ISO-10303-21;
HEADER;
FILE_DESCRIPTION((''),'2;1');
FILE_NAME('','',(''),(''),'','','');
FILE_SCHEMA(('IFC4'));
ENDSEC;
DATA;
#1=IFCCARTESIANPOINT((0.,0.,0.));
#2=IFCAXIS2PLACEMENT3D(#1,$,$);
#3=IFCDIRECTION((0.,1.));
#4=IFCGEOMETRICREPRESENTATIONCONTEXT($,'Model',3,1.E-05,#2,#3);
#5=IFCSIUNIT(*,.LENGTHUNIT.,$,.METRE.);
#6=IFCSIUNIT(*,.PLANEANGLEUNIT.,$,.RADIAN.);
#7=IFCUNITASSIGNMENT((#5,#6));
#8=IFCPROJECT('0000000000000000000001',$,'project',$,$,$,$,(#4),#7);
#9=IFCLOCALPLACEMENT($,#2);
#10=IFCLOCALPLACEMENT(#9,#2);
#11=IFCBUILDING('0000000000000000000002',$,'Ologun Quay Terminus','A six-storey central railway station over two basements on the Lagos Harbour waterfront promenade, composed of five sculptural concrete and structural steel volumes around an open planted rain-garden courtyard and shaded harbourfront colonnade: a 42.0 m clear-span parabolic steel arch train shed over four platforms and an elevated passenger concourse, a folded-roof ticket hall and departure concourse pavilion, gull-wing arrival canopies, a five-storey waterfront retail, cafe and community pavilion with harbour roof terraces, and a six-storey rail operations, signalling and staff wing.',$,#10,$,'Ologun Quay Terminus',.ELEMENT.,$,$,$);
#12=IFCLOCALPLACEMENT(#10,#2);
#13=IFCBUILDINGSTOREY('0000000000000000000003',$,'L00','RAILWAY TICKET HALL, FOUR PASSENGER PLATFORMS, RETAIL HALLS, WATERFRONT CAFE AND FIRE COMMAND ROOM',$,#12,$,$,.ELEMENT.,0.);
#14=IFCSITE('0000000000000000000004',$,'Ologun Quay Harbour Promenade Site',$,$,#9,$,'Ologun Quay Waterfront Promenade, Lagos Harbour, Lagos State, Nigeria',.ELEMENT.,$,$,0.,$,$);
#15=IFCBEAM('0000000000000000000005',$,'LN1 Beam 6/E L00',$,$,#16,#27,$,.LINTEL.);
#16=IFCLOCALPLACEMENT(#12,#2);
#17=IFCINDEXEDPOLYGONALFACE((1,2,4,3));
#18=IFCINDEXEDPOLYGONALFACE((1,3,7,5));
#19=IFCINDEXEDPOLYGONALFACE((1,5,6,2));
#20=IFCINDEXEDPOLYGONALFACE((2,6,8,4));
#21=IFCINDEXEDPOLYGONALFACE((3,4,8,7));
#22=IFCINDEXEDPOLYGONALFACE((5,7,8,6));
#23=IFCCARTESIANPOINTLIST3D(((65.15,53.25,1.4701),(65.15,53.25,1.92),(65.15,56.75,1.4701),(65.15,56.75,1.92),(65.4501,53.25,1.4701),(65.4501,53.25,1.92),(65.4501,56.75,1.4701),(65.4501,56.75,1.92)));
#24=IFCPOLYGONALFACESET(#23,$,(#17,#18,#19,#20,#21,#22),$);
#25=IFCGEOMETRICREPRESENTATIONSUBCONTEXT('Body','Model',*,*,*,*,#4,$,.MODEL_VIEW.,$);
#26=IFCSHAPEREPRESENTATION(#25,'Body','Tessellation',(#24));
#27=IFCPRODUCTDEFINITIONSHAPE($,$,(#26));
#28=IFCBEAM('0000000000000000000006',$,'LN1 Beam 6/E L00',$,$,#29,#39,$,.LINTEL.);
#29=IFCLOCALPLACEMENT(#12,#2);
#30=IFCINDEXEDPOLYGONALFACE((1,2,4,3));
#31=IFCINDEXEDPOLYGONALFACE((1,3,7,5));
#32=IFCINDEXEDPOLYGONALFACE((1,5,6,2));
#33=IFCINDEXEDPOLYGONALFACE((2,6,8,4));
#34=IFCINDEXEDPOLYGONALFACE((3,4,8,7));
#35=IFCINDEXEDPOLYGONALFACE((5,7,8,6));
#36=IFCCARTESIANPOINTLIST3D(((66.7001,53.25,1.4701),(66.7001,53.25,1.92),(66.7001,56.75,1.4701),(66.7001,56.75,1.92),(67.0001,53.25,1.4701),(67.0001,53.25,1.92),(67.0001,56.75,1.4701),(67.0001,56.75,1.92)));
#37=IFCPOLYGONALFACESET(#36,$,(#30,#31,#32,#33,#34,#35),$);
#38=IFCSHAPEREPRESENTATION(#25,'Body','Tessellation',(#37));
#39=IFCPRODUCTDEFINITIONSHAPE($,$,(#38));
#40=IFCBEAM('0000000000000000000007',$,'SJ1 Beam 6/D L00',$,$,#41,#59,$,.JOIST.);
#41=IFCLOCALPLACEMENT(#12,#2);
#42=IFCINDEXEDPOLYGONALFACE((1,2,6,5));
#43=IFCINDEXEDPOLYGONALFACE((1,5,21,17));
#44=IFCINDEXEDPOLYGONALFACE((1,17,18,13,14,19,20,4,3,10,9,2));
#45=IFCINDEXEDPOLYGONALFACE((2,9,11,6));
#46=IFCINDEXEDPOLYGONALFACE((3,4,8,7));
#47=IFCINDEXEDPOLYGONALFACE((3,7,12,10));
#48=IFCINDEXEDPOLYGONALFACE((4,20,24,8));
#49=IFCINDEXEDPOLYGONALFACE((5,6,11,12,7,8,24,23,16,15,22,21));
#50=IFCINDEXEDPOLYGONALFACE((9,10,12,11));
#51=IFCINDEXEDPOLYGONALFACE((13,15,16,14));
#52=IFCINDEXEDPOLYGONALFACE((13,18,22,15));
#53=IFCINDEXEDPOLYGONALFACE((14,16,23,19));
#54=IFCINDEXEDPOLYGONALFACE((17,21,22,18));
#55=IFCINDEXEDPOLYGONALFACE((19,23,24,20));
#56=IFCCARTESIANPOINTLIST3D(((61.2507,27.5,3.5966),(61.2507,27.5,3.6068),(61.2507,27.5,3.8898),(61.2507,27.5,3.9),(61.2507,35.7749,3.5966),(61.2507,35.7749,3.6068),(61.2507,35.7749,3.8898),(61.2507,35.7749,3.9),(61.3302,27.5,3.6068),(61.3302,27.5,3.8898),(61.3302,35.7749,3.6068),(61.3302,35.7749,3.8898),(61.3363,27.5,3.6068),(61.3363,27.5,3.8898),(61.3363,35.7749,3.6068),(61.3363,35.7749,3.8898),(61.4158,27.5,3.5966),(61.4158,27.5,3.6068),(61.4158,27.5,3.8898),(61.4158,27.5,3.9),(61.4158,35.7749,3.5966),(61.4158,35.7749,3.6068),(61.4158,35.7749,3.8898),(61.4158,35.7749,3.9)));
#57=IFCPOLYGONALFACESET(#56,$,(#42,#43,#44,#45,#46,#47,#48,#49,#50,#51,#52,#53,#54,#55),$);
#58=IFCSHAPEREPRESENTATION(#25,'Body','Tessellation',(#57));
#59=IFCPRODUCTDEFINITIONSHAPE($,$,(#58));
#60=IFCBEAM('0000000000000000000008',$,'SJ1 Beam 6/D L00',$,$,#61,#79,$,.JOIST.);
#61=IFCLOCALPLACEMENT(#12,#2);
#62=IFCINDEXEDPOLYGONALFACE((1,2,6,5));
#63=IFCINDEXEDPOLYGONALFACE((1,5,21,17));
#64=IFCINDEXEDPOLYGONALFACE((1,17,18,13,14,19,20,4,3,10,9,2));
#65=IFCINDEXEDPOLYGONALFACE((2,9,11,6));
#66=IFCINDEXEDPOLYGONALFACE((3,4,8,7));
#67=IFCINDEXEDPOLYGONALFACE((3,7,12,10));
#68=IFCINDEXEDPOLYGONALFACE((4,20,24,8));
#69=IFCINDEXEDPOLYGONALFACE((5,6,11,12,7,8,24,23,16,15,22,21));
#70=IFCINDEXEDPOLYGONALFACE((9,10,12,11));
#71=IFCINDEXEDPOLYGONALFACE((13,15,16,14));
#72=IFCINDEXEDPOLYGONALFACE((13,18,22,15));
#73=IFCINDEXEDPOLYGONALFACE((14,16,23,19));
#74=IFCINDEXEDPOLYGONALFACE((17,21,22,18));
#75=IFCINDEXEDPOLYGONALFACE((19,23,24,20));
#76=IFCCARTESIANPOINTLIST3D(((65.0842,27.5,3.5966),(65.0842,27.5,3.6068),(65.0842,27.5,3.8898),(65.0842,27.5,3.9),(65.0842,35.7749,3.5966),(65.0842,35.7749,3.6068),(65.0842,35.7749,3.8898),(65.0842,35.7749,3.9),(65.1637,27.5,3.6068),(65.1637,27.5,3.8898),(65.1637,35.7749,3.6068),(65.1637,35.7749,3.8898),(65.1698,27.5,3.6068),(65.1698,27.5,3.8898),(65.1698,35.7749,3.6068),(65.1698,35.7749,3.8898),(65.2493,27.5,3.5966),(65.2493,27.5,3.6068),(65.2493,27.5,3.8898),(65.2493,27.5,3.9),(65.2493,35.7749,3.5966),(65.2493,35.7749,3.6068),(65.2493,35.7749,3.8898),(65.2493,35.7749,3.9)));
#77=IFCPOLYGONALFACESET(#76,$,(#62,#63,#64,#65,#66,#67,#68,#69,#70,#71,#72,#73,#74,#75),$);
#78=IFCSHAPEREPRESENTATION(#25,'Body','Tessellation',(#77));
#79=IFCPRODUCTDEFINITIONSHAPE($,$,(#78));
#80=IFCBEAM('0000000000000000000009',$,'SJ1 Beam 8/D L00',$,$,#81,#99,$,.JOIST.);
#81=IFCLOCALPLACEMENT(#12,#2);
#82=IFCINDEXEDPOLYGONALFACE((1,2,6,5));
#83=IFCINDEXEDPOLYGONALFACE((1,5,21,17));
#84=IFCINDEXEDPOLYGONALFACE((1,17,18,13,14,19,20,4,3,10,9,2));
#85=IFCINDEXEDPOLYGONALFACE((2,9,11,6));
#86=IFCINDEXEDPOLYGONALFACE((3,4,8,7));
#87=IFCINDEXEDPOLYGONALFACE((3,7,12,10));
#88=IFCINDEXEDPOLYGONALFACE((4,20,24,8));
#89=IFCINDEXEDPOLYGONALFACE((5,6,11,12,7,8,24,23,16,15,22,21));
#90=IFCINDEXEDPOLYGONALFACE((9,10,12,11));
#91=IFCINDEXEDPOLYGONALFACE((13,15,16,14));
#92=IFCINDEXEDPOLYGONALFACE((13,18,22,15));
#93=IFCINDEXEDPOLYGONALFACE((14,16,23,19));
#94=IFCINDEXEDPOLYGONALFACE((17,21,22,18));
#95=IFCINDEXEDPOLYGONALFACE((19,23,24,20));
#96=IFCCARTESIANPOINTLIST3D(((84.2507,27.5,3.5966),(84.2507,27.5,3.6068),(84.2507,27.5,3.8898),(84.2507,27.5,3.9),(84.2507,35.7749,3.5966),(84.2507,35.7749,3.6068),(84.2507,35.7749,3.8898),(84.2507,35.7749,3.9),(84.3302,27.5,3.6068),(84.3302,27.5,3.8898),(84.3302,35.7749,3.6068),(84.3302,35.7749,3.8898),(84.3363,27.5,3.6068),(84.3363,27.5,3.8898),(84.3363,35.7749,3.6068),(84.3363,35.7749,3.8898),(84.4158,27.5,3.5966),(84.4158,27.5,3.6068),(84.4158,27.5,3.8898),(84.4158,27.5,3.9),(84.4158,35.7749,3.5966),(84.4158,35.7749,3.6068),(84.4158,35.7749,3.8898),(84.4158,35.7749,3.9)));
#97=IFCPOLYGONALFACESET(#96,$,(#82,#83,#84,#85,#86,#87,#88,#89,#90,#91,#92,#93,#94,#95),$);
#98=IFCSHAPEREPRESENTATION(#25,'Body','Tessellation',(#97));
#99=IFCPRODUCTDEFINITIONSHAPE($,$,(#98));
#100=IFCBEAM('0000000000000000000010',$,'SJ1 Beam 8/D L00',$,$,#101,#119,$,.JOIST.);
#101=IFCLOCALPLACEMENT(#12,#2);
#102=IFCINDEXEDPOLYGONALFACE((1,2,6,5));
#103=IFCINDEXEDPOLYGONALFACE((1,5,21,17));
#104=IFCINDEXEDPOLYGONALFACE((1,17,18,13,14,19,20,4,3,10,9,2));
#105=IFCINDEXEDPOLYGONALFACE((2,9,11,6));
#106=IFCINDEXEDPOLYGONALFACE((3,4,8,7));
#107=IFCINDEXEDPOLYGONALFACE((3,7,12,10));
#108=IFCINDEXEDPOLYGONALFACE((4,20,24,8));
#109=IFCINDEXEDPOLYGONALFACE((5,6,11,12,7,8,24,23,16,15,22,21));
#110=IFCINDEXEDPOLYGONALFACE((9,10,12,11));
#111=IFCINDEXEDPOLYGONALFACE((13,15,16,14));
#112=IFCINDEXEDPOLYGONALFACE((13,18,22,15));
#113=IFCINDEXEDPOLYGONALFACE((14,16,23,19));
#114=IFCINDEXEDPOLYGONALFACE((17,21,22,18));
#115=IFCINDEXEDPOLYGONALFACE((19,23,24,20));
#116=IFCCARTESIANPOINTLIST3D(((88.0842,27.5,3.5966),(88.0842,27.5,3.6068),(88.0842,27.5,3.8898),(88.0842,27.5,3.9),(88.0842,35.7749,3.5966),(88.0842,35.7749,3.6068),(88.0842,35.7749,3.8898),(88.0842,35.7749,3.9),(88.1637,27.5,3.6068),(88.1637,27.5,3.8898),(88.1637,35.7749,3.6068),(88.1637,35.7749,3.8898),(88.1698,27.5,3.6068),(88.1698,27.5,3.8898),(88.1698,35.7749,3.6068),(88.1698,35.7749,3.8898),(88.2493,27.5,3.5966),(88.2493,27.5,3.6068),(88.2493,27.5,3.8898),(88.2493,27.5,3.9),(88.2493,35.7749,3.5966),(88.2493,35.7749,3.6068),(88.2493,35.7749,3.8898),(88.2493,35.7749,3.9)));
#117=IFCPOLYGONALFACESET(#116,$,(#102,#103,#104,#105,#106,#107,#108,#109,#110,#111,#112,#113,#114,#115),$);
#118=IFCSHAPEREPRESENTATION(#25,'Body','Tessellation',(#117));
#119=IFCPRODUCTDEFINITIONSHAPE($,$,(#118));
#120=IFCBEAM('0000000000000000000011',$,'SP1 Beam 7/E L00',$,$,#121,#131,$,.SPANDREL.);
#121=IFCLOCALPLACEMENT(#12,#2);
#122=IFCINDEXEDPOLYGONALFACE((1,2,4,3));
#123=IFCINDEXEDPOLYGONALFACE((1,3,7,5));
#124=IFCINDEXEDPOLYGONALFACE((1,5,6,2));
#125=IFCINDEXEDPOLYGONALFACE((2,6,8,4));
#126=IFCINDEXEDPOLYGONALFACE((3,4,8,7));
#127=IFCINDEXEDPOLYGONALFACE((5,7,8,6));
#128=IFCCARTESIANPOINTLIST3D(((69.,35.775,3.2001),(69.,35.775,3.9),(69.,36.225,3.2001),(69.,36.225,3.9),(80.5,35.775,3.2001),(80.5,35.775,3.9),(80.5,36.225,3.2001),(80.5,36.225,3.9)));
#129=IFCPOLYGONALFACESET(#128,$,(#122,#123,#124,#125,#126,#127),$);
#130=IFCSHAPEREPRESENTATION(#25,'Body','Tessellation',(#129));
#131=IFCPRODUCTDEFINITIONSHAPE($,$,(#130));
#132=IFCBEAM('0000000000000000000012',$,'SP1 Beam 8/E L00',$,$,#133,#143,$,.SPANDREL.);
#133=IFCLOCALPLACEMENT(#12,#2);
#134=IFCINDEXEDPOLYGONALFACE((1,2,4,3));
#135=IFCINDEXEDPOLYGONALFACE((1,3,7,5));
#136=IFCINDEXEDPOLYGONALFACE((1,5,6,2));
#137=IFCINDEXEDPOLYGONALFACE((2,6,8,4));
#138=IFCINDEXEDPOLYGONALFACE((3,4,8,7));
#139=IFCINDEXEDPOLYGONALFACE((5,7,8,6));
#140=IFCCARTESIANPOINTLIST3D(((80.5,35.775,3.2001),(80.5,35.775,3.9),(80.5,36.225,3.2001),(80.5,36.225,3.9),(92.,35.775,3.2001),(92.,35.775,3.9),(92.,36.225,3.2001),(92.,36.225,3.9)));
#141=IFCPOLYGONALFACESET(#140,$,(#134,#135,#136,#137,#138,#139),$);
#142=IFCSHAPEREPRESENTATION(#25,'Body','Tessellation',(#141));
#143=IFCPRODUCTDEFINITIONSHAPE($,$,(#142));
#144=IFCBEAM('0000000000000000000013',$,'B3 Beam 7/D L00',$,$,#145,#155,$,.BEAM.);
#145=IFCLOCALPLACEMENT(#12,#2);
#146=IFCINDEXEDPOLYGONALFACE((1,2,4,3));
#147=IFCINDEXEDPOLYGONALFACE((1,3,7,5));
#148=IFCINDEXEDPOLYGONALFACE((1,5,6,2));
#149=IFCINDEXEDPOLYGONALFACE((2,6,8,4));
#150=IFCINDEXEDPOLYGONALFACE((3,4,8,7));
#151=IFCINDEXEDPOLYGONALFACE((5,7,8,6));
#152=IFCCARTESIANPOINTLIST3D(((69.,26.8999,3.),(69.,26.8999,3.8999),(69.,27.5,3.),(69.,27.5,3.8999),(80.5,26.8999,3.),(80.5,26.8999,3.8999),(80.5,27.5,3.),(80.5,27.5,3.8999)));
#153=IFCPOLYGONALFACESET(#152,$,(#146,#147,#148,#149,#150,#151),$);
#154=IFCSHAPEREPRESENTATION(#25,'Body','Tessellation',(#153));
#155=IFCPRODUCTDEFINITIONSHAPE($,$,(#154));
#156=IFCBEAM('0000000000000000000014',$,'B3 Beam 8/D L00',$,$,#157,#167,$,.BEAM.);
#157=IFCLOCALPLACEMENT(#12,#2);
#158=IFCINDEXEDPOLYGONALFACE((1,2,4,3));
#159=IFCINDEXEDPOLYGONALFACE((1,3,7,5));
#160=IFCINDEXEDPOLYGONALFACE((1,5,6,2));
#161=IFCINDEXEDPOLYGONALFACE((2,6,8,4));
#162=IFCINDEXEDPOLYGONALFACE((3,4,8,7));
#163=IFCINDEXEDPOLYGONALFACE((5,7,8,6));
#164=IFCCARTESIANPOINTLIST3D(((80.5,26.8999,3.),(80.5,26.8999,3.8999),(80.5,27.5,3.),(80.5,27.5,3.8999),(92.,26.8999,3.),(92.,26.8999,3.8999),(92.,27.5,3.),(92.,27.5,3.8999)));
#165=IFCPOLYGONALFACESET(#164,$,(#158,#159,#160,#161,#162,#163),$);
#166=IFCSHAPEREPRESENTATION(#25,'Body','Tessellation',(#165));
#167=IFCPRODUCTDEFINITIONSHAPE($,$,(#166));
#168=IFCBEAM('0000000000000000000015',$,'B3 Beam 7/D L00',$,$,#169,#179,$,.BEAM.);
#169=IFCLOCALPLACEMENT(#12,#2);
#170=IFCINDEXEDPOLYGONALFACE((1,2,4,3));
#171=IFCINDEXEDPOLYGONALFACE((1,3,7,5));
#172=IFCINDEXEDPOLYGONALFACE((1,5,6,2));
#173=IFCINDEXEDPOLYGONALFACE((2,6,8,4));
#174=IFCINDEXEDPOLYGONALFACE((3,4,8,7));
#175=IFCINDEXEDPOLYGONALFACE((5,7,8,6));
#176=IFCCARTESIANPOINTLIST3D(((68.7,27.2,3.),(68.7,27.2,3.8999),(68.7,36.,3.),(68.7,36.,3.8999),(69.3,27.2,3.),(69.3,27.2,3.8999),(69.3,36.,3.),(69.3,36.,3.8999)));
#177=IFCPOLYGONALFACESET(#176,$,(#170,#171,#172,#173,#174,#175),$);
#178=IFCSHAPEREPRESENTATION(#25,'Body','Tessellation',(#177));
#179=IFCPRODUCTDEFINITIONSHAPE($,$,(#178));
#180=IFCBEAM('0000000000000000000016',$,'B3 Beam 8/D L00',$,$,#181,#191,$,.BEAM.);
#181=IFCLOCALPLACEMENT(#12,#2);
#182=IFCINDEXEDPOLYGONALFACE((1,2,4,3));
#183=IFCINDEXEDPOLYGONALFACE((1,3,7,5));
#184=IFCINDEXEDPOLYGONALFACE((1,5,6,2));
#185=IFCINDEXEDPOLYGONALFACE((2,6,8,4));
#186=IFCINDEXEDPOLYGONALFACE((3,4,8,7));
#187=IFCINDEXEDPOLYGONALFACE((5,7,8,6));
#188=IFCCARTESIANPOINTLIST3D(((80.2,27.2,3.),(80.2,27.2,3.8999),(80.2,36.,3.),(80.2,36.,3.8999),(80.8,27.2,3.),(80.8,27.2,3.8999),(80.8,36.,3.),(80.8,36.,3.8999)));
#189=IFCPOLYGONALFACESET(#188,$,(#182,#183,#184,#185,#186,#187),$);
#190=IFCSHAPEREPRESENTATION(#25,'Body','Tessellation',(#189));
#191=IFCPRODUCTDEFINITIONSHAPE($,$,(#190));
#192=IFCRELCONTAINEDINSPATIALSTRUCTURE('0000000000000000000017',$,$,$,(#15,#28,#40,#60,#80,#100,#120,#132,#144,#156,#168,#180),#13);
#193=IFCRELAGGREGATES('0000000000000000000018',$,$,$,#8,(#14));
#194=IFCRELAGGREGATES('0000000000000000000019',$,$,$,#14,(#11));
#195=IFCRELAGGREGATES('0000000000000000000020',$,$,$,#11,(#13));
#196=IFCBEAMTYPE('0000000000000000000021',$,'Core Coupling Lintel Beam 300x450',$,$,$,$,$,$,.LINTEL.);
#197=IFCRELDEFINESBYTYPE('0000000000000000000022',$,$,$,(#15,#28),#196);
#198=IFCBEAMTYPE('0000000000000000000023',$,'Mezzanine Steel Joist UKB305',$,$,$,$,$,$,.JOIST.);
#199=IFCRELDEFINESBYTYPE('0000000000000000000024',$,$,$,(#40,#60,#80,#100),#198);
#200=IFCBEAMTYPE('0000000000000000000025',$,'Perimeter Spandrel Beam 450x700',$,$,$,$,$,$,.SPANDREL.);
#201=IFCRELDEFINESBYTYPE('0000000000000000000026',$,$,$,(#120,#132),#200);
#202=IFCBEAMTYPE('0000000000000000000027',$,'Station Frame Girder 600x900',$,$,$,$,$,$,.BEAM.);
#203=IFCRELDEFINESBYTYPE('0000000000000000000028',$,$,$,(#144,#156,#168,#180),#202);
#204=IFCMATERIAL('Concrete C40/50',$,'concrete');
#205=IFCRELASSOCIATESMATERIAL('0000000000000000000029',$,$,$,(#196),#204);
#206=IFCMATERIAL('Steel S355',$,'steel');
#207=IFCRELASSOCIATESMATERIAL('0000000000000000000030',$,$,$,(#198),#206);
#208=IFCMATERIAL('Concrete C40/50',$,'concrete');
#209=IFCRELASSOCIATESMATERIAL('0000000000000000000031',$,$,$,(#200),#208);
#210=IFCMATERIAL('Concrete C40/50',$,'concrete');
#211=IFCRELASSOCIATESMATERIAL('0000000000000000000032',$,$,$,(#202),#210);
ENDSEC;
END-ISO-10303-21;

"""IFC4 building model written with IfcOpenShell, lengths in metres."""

from ifc_helpers import new_model, si_unit, direction, frame, origin, origin_2d, place, context, subcontext, project, spatial, rectangle, i_section, extrude, material, material_profile, profile_set, type_object, element, save


model = new_model("IFC4")

# Units and contexts
model_context = context("Model", 3, precision=1e-05, world=origin(), true_north=direction((0.0, 1.0)))
body_context = subcontext(model_context, "Body", "Model", "MODEL_VIEW")
ifc_project = project(units=[si_unit("LENGTHUNIT", "METRE"), si_unit("PLANEANGLEUNIT", "RADIAN")], contexts=[model_context])

# Site, building, storey
site_placement = place(None, origin())
site = spatial("IfcSite", under=ifc_project, at=site_placement, Name="Ologun Quay Harbour Promenade Site", LongName="Ologun Quay Waterfront Promenade, Lagos Harbour, Lagos State, Nigeria", CompositionType="ELEMENT", RefElevation=0.0)
building_placement = place(site_placement, origin())
building = spatial("IfcBuilding", under=site, at=building_placement, Name="Ologun Quay Terminus", Description="A six-storey central railway station over two basements on the Lagos Harbour waterfront promenade, composed of five sculptural concrete and structural steel volumes around an open planted rain-garden courtyard and shaded harbourfront colonnade: a 42.0 m clear-span parabolic steel arch train shed over four platforms and an elevated passenger concourse, a folded-roof ticket hall and departure concourse pavilion, gull-wing arrival canopies, a five-storey waterfront retail, cafe and community pavilion with harbour roof terraces, and a six-storey rail operations, signalling and staff wing.", LongName="Ologun Quay Terminus", CompositionType="ELEMENT")
storey_placement = place(building_placement, origin())
storey = spatial("IfcBuildingStorey", under=building, at=storey_placement, Name="L00", Description="RAILWAY TICKET HALL, FOUR PASSENGER PLATFORMS, RETAIL HALLS, WATERFRONT CAFE AND FIRE COMMAND ROOM", CompositionType="ELEMENT", Elevation=0.0)

# Beams
ifc_material_1 = material(Name="Concrete C40/50", Category="concrete")
ifc_material_profile_1 = material_profile(ifc_material_1, rectangle(XDim=0.3, YDim=0.45, at=origin_2d()), Name="RC 300x450")
ifc_profile_set_1 = profile_set([ifc_material_profile_1], Name="Concrete C40/50")
beam_type_1 = type_object("IfcBeamType", Name="Core Coupling Lintel Beam 300x450", PredefinedType="LINTEL", material=ifc_profile_set_1)
for number, where, z_axis, x_axis, name in (
    (1, (65.3, 53.25, 1.6951), (0.0, 1.0, 0.0), (-1.0, 0.0, 0.0), "LN1 Beam 6/E L00"),
    (2, (66.8501, 53.25, 1.6951), (0.0, 1.0, 0.0), (-1.0, 0.0, 0.0), "LN1 Beam 6/E L00"),
):
    element("IfcBeam", number, at=place(storey_placement, frame(where, z_axis=z_axis, x_axis=x_axis)), inside=storey, type_object=beam_type_1, Name=name, PredefinedType="LINTEL", context=body_context, shape_type="SweptSolid", body=[
        extrude(rectangle(XDim=0.3, YDim=0.45, at=origin_2d()), origin(), (0.0, 0.0, 1.0), 3.5),
    ])
ifc_material_2 = material(Name="Steel S355", Category="steel")
ifc_material_profile_2 = material_profile(ifc_material_2, i_section(OverallWidth=0.165, OverallDepth=0.3035, WebThickness=0.0061, FlangeThickness=0.0103, at=origin_2d()), Name="UKB 305x165x40")
ifc_profile_set_2 = profile_set([ifc_material_profile_2], Name="Steel S355")
beam_type_2 = type_object("IfcBeamType", Name="Mezzanine Steel Joist UKB305", PredefinedType="JOIST", material=ifc_profile_set_2)
for number, where, z_axis, x_axis, name in (
    (3, (61.3333, 27.5, 3.7483), (0.0, 1.0, 0.0), (-1.0, 0.0, 0.0), "SJ1 Beam 6/D L00"),
    (4, (65.1667, 27.5, 3.7483), (0.0, 1.0, 0.0), (-1.0, 0.0, 0.0), "SJ1 Beam 6/D L00"),
    (5, (84.3333, 27.5, 3.7483), (0.0, 1.0, 0.0), (-1.0, 0.0, 0.0), "SJ1 Beam 8/D L00"),
    (6, (88.1667, 27.5, 3.7483), (0.0, 1.0, 0.0), (-1.0, 0.0, 0.0), "SJ1 Beam 8/D L00"),
):
    element("IfcBeam", number, at=place(storey_placement, frame(where, z_axis=z_axis, x_axis=x_axis)), inside=storey, type_object=beam_type_2, Name=name, PredefinedType="JOIST", context=body_context, shape_type="SweptSolid", body=[
        extrude(i_section(OverallWidth=0.165, OverallDepth=0.3035, WebThickness=0.0061, FlangeThickness=0.0103, at=origin_2d()), origin(), (0.0, 0.0, 1.0), 8.2749),
    ])
ifc_material_3 = material(Name="Concrete C40/50", Category="concrete")
ifc_material_profile_3 = material_profile(ifc_material_3, rectangle(XDim=0.45, YDim=0.7, at=origin_2d()), Name="RC 450x700")
ifc_profile_set_3 = profile_set([ifc_material_profile_3], Name="Concrete C40/50")
beam_type_3 = type_object("IfcBeamType", Name="Perimeter Spandrel Beam 450x700", PredefinedType="SPANDREL", material=ifc_profile_set_3)
for number, where, z_axis, x_axis, name in (
    (7, (69.0, 36.0, 3.55), (1.0, 0.0, 0.0), (0.0, 1.0, 0.0), "SP1 Beam 7/E L00"),
    (8, (80.5, 36.0, 3.55), (1.0, 0.0, 0.0), (0.0, 1.0, 0.0), "SP1 Beam 8/E L00"),
):
    element("IfcBeam", number, at=place(storey_placement, frame(where, z_axis=z_axis, x_axis=x_axis)), inside=storey, type_object=beam_type_3, Name=name, PredefinedType="SPANDREL", context=body_context, shape_type="SweptSolid", body=[
        extrude(rectangle(XDim=0.45, YDim=0.7, at=origin_2d()), origin(), (0.0, 0.0, 1.0), 11.5),
    ])
ifc_material_4 = material(Name="Concrete C40/50", Category="concrete")
ifc_material_profile_4 = material_profile(ifc_material_4, rectangle(XDim=0.6001, YDim=0.8999, at=origin_2d()), Name="RC 600x900")
ifc_profile_set_4 = profile_set([ifc_material_profile_4], Name="Concrete C40/50")
beam_type_4 = type_object("IfcBeamType", Name="Station Frame Girder 600x900", PredefinedType="BEAM", material=ifc_profile_set_4)
for number, where, z_axis, x_axis, name in (
    (9, (69.0, 27.2, 3.45), (1.0, 0.0, 0.0), (0.0, 1.0, 0.0), "B3 Beam 7/D L00"),
    (10, (80.5, 27.2, 3.45), (1.0, 0.0, 0.0), (0.0, 1.0, 0.0), "B3 Beam 8/D L00"),
):
    element("IfcBeam", number, at=place(storey_placement, frame(where, z_axis=z_axis, x_axis=x_axis)), inside=storey, type_object=beam_type_4, Name=name, PredefinedType="BEAM", context=body_context, shape_type="SweptSolid", body=[
        extrude(rectangle(XDim=0.6001, YDim=0.8999, at=origin_2d()), origin(), (0.0, 0.0, 1.0), 11.5),
    ])
for number, where, z_axis, x_axis, name in (
    (11, (69.0, 27.2, 3.45), (0.0, 1.0, 0.0), (-1.0, 0.0, 0.0), "B3 Beam 7/D L00"),
    (12, (80.5, 27.2, 3.45), (0.0, 1.0, 0.0), (-1.0, 0.0, 0.0), "B3 Beam 8/D L00"),
):
    element("IfcBeam", number, at=place(storey_placement, frame(where, z_axis=z_axis, x_axis=x_axis)), inside=storey, type_object=beam_type_4, Name=name, PredefinedType="BEAM", context=body_context, shape_type="SweptSolid", body=[
        extrude(rectangle(XDim=0.6001, YDim=0.8999, at=origin_2d()), origin(), (0.0, 0.0, 1.0), 8.8),
    ])

save(model, "model.ifc")
